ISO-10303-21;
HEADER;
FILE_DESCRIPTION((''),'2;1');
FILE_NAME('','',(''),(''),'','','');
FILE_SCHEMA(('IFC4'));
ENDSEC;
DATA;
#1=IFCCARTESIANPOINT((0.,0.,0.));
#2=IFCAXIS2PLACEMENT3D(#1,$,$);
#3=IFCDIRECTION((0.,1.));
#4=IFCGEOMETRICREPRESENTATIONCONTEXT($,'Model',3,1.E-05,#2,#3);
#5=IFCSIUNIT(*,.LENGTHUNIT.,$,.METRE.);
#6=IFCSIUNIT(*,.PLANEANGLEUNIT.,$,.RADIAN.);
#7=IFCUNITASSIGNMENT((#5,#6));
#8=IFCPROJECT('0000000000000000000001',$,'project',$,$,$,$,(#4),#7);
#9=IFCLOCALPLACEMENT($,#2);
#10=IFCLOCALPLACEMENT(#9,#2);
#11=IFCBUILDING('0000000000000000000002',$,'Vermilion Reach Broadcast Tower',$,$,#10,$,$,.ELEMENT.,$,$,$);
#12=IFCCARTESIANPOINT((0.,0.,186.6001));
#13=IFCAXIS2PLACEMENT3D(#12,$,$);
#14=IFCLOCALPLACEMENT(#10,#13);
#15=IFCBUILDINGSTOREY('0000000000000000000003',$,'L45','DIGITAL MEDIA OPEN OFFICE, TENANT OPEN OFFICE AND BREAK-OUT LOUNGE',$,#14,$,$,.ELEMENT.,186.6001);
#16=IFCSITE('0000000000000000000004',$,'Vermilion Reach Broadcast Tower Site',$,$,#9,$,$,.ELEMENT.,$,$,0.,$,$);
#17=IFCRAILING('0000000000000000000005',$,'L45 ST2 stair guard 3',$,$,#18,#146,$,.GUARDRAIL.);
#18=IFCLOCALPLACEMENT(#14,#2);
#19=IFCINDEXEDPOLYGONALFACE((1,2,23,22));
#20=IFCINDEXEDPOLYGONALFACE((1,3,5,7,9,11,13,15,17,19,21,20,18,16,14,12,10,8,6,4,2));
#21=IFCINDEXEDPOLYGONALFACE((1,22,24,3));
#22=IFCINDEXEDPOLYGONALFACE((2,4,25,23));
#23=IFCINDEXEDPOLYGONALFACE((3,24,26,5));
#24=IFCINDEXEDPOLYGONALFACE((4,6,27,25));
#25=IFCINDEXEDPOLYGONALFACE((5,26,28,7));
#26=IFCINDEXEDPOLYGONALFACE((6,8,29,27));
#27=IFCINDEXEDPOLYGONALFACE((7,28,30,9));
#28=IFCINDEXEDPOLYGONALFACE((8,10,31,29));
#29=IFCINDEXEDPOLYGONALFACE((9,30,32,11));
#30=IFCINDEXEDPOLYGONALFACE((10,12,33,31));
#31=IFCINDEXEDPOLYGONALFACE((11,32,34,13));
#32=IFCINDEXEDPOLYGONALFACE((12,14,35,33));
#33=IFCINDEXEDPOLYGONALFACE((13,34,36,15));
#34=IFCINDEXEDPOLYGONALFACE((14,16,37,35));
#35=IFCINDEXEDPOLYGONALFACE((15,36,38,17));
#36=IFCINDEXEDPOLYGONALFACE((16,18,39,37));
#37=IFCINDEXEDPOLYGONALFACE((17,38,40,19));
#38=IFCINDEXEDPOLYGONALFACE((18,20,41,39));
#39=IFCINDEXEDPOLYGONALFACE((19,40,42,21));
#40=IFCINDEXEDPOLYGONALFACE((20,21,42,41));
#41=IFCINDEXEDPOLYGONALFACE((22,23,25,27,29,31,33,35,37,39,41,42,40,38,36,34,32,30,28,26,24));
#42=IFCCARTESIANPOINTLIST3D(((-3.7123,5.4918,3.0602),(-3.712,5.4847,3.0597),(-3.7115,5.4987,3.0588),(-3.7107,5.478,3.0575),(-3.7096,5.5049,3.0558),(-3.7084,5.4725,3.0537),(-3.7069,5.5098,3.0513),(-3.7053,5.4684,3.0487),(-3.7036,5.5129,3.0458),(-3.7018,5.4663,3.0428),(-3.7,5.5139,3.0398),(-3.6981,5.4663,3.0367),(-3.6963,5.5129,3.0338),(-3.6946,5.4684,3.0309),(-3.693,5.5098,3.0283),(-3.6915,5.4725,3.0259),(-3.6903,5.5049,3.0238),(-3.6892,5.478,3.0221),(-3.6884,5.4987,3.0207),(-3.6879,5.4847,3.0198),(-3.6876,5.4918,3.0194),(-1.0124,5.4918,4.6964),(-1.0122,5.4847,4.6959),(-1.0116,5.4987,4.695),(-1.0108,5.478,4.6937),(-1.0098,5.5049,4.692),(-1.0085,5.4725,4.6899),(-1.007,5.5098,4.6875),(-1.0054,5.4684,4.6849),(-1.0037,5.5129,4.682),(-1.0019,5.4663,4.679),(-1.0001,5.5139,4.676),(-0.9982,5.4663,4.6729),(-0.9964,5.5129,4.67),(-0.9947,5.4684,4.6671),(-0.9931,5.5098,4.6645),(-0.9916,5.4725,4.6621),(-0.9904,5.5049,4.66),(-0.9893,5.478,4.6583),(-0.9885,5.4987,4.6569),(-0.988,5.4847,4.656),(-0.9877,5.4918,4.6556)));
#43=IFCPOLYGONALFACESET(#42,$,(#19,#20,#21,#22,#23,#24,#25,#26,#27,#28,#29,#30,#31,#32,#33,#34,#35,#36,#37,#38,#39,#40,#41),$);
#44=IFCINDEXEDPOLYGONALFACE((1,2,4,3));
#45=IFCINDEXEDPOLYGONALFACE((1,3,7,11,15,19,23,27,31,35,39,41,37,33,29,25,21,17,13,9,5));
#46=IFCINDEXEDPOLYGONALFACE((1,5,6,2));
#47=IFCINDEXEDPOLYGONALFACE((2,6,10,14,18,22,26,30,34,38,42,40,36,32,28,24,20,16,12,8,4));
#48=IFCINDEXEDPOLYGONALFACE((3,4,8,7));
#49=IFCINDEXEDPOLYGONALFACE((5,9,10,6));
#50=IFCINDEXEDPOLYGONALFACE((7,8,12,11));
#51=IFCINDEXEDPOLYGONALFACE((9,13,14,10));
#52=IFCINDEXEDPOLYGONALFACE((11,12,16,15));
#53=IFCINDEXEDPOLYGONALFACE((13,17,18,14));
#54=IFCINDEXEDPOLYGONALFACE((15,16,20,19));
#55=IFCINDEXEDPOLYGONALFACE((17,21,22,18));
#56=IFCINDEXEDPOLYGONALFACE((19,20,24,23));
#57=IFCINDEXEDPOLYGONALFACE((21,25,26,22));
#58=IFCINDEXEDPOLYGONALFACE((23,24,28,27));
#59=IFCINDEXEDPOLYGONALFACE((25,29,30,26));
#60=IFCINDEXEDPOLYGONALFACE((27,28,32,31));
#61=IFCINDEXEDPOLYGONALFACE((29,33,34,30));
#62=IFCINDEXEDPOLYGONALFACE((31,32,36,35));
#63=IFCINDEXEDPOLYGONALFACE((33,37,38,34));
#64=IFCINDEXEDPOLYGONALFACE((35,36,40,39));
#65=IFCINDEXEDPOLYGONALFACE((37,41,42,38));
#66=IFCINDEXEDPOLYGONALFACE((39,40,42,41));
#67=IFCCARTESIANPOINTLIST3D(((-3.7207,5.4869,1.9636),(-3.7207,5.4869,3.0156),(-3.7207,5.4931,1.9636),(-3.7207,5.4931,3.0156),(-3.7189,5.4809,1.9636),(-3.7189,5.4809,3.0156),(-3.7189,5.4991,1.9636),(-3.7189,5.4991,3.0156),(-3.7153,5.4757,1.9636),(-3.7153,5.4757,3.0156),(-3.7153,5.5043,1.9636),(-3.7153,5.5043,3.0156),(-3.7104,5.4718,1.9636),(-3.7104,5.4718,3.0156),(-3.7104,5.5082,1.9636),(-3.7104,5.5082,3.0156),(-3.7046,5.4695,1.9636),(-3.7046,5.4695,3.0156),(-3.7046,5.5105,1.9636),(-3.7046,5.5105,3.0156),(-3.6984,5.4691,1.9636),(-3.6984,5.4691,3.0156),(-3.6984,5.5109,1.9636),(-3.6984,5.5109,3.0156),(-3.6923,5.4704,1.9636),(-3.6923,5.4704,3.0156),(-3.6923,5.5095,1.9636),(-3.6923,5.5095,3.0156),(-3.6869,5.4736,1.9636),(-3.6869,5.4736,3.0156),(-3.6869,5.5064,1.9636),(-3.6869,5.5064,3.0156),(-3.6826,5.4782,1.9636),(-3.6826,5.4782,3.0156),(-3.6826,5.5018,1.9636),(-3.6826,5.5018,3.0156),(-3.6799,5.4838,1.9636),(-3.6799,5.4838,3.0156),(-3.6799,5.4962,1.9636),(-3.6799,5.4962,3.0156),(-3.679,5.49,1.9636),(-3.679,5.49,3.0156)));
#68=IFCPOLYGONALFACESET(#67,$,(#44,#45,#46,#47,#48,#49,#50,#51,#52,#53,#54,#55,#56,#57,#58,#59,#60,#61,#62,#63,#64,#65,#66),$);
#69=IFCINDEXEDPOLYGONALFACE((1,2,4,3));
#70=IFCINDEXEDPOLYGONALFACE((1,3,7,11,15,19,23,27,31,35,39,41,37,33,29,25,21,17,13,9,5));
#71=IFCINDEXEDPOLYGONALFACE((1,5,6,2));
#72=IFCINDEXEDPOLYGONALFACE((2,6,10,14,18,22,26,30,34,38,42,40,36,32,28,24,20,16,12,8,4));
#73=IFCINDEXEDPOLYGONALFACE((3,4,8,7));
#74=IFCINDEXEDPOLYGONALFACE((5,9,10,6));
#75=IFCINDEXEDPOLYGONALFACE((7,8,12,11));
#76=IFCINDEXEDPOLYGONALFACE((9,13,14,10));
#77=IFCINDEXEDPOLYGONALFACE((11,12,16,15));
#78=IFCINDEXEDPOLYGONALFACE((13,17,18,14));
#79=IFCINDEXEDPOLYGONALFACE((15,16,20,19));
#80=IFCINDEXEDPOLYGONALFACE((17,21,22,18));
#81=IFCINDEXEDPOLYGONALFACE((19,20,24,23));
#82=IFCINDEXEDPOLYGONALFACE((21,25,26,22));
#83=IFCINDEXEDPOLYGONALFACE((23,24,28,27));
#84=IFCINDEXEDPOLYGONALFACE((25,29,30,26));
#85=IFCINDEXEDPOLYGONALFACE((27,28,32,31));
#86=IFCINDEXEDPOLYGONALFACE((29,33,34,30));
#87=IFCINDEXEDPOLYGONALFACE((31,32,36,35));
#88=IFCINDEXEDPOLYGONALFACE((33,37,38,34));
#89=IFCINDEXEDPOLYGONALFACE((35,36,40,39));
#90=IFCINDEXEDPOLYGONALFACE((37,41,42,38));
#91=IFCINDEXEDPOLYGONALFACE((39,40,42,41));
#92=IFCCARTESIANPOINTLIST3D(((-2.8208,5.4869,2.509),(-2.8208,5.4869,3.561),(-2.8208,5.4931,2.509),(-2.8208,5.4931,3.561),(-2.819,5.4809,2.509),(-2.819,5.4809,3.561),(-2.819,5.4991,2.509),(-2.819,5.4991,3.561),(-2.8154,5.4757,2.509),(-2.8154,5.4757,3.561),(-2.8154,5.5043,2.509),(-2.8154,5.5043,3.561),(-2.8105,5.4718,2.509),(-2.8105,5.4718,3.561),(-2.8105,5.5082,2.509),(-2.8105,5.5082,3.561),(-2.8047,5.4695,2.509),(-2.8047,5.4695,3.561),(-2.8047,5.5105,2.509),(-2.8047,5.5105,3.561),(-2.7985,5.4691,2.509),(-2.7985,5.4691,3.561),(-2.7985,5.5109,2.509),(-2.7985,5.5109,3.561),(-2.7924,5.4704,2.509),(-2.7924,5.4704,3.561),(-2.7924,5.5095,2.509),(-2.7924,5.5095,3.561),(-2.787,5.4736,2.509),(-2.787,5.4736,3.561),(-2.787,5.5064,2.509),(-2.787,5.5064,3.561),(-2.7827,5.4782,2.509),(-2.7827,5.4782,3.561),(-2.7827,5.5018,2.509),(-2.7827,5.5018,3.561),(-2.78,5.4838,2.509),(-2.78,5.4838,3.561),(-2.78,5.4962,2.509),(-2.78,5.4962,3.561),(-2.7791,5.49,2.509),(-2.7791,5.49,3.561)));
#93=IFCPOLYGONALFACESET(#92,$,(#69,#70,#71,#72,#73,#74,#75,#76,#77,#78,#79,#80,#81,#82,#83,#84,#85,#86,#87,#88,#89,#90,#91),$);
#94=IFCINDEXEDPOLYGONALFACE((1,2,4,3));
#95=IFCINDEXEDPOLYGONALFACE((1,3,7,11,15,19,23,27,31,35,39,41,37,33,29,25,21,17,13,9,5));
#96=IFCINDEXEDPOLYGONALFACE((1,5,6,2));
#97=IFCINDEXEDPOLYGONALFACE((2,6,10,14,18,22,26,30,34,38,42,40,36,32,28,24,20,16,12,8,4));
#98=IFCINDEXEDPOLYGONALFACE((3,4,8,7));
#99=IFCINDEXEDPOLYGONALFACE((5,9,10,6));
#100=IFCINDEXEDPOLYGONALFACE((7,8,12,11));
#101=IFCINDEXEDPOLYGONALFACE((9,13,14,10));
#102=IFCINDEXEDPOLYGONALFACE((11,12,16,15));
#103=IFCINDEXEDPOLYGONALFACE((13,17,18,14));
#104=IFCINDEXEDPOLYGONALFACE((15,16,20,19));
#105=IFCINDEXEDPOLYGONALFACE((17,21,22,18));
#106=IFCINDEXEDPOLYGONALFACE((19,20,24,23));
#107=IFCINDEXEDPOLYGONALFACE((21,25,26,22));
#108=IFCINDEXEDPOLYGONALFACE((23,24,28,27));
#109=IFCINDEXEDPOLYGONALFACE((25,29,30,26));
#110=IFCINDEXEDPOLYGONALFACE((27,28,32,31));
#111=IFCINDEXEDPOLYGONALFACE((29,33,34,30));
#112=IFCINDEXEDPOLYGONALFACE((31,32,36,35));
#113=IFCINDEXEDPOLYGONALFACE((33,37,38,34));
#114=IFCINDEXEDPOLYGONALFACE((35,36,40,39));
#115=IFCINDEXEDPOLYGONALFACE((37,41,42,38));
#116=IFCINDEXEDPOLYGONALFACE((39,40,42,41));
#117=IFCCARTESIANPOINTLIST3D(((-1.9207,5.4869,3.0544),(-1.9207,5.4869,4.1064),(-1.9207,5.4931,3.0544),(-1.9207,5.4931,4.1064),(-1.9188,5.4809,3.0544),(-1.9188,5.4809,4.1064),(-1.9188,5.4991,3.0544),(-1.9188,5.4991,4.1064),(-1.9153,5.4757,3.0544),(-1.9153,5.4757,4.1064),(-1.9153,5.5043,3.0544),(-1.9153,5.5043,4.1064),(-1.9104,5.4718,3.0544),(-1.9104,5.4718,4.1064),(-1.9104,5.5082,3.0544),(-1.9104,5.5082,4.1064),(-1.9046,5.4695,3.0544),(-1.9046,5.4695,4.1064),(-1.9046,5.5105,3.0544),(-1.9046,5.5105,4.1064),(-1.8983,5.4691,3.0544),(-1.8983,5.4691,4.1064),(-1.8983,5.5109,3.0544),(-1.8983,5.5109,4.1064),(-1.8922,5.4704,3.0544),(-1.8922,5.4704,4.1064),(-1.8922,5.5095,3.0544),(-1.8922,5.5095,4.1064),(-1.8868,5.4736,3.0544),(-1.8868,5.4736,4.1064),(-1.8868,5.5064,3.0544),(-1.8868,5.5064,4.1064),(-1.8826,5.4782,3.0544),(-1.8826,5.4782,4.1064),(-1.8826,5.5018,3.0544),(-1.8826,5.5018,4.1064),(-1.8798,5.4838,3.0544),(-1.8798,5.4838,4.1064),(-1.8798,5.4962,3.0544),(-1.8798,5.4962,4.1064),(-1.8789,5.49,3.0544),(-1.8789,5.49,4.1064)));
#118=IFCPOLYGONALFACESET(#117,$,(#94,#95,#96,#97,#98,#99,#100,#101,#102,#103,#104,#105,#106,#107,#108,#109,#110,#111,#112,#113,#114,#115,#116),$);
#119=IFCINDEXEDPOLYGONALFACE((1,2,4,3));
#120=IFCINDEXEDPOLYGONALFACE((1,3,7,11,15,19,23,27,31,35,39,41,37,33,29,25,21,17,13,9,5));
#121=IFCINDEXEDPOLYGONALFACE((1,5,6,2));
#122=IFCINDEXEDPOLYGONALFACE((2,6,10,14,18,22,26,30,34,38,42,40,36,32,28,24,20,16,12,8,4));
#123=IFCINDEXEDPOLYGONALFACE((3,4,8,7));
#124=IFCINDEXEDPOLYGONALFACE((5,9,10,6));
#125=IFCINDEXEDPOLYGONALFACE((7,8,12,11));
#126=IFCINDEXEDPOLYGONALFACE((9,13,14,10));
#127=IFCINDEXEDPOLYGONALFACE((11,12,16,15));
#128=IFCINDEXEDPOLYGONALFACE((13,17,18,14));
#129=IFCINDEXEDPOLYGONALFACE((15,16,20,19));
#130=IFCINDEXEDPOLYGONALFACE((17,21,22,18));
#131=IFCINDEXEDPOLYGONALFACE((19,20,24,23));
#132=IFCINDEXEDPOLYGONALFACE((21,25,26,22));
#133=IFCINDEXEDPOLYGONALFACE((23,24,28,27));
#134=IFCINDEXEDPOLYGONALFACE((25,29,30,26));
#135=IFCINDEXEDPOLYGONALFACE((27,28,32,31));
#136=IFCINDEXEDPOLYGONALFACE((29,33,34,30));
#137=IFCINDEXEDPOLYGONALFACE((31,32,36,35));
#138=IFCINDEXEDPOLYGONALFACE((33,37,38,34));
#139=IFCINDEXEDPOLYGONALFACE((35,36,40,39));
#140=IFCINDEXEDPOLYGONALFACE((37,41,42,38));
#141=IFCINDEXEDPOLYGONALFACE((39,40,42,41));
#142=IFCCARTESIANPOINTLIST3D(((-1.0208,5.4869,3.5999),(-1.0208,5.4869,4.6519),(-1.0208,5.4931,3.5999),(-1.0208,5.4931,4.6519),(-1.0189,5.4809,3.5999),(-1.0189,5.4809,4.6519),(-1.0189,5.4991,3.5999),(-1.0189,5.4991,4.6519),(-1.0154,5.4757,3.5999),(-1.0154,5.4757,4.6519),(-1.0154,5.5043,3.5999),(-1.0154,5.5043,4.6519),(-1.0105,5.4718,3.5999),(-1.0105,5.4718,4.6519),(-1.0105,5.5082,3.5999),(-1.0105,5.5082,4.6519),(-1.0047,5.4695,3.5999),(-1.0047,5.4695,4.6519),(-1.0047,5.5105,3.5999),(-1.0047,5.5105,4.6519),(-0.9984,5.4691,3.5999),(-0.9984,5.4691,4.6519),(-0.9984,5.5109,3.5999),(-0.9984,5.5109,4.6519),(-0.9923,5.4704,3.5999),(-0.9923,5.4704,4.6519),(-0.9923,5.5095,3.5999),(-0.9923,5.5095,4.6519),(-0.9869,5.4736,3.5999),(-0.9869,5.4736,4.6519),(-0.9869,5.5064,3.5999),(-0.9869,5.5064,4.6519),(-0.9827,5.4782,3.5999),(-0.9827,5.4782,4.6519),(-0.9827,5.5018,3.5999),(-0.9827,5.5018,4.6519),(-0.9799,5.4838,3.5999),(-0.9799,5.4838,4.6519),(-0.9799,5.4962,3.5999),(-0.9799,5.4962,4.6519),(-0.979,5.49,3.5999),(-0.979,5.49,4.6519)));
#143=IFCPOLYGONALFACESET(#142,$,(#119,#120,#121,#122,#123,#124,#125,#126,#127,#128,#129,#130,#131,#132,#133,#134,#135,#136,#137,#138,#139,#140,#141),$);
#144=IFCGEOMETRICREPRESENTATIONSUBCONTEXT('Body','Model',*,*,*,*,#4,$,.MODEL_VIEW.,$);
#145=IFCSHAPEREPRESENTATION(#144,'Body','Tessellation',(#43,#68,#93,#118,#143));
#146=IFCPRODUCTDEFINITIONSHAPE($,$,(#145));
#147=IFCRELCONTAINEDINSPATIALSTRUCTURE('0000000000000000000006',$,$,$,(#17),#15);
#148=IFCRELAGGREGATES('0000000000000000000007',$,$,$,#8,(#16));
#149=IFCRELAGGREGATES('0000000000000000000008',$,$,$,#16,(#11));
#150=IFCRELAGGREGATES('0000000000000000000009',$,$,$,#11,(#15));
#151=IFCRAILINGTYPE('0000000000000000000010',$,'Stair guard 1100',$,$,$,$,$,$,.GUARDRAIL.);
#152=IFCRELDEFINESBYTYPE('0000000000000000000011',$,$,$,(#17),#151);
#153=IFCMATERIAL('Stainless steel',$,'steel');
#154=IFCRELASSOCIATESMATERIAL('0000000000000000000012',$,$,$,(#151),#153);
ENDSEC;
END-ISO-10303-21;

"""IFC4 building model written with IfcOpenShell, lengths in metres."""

from ifc_helpers import new_model, si_unit, direction, frame, origin, origin_2d, place, context, subcontext, project, spatial, circle, extrude, material, type_object, element, save


model = new_model("IFC4")

# Units and contexts
model_context = context("Model", 3, precision=1e-05, world=origin(), true_north=direction((0.0, 1.0)))
body_context = subcontext(model_context, "Body", "Model", "MODEL_VIEW")
ifc_project = project(units=[si_unit("LENGTHUNIT", "METRE"), si_unit("PLANEANGLEUNIT", "RADIAN")], contexts=[model_context])

# Site, building, storey
site_placement = place(None, origin())
site = spatial("IfcSite", under=ifc_project, at=site_placement, Name="Vermilion Reach Broadcast Tower Site", CompositionType="ELEMENT", RefElevation=0.0)
building_placement = place(site_placement, origin())
building = spatial("IfcBuilding", under=site, at=building_placement, Name="Vermilion Reach Broadcast Tower", CompositionType="ELEMENT")
storey_placement = place(building_placement, frame((0.0, 0.0, 186.6001)))
storey = spatial("IfcBuildingStorey", under=building, at=storey_placement, Name="L45", Description="DIGITAL MEDIA OPEN OFFICE, TENANT OPEN OFFICE AND BREAK-OUT LOUNGE", CompositionType="ELEMENT", Elevation=186.6001)

# Railing
ifc_material_1 = material(Name="Stainless steel", Category="steel")
railing_type_1 = type_object("IfcRailingType", Name="Stair guard 1100", PredefinedType="GUARDRAIL", material=ifc_material_1)
railing_1_placement = place(storey_placement, frame((-3.7, 5.49, 1.9636)))
element("IfcRailing", 1, at=railing_1_placement, inside=storey, type_object=railing_type_1, Name="L45 ST2 stair guard 3", PredefinedType="GUARDRAIL", context=body_context, shape_type="SweptSolid", body=[
    extrude(circle(Radius=0.0239, at=origin_2d()), frame((0.0, 0.0, 1.0762), z_axis=(0.855212, 0.0, 0.518278), x_axis=(0.0, 1.0, 0.0)), (0.0, 0.0, 1.0), 3.157),
    extrude(circle(Radius=0.021, at=origin_2d()), origin(), (0.0, 0.0, 1.0), 1.052),
    extrude(circle(Radius=0.021, at=origin_2d()), frame((0.8999, 0.0, 0.5454)), (0.0, 0.0, 1.0), 1.052),
    extrude(circle(Radius=0.021, at=origin_2d()), frame((1.8, 0.0, 1.0908)), (0.0, 0.0, 1.0), 1.052),
    extrude(circle(Radius=0.021, at=origin_2d()), frame((2.7, 0.0, 1.6362)), (0.0, 0.0, 1.0), 1.052),
])

save(model, "model.ifc")
